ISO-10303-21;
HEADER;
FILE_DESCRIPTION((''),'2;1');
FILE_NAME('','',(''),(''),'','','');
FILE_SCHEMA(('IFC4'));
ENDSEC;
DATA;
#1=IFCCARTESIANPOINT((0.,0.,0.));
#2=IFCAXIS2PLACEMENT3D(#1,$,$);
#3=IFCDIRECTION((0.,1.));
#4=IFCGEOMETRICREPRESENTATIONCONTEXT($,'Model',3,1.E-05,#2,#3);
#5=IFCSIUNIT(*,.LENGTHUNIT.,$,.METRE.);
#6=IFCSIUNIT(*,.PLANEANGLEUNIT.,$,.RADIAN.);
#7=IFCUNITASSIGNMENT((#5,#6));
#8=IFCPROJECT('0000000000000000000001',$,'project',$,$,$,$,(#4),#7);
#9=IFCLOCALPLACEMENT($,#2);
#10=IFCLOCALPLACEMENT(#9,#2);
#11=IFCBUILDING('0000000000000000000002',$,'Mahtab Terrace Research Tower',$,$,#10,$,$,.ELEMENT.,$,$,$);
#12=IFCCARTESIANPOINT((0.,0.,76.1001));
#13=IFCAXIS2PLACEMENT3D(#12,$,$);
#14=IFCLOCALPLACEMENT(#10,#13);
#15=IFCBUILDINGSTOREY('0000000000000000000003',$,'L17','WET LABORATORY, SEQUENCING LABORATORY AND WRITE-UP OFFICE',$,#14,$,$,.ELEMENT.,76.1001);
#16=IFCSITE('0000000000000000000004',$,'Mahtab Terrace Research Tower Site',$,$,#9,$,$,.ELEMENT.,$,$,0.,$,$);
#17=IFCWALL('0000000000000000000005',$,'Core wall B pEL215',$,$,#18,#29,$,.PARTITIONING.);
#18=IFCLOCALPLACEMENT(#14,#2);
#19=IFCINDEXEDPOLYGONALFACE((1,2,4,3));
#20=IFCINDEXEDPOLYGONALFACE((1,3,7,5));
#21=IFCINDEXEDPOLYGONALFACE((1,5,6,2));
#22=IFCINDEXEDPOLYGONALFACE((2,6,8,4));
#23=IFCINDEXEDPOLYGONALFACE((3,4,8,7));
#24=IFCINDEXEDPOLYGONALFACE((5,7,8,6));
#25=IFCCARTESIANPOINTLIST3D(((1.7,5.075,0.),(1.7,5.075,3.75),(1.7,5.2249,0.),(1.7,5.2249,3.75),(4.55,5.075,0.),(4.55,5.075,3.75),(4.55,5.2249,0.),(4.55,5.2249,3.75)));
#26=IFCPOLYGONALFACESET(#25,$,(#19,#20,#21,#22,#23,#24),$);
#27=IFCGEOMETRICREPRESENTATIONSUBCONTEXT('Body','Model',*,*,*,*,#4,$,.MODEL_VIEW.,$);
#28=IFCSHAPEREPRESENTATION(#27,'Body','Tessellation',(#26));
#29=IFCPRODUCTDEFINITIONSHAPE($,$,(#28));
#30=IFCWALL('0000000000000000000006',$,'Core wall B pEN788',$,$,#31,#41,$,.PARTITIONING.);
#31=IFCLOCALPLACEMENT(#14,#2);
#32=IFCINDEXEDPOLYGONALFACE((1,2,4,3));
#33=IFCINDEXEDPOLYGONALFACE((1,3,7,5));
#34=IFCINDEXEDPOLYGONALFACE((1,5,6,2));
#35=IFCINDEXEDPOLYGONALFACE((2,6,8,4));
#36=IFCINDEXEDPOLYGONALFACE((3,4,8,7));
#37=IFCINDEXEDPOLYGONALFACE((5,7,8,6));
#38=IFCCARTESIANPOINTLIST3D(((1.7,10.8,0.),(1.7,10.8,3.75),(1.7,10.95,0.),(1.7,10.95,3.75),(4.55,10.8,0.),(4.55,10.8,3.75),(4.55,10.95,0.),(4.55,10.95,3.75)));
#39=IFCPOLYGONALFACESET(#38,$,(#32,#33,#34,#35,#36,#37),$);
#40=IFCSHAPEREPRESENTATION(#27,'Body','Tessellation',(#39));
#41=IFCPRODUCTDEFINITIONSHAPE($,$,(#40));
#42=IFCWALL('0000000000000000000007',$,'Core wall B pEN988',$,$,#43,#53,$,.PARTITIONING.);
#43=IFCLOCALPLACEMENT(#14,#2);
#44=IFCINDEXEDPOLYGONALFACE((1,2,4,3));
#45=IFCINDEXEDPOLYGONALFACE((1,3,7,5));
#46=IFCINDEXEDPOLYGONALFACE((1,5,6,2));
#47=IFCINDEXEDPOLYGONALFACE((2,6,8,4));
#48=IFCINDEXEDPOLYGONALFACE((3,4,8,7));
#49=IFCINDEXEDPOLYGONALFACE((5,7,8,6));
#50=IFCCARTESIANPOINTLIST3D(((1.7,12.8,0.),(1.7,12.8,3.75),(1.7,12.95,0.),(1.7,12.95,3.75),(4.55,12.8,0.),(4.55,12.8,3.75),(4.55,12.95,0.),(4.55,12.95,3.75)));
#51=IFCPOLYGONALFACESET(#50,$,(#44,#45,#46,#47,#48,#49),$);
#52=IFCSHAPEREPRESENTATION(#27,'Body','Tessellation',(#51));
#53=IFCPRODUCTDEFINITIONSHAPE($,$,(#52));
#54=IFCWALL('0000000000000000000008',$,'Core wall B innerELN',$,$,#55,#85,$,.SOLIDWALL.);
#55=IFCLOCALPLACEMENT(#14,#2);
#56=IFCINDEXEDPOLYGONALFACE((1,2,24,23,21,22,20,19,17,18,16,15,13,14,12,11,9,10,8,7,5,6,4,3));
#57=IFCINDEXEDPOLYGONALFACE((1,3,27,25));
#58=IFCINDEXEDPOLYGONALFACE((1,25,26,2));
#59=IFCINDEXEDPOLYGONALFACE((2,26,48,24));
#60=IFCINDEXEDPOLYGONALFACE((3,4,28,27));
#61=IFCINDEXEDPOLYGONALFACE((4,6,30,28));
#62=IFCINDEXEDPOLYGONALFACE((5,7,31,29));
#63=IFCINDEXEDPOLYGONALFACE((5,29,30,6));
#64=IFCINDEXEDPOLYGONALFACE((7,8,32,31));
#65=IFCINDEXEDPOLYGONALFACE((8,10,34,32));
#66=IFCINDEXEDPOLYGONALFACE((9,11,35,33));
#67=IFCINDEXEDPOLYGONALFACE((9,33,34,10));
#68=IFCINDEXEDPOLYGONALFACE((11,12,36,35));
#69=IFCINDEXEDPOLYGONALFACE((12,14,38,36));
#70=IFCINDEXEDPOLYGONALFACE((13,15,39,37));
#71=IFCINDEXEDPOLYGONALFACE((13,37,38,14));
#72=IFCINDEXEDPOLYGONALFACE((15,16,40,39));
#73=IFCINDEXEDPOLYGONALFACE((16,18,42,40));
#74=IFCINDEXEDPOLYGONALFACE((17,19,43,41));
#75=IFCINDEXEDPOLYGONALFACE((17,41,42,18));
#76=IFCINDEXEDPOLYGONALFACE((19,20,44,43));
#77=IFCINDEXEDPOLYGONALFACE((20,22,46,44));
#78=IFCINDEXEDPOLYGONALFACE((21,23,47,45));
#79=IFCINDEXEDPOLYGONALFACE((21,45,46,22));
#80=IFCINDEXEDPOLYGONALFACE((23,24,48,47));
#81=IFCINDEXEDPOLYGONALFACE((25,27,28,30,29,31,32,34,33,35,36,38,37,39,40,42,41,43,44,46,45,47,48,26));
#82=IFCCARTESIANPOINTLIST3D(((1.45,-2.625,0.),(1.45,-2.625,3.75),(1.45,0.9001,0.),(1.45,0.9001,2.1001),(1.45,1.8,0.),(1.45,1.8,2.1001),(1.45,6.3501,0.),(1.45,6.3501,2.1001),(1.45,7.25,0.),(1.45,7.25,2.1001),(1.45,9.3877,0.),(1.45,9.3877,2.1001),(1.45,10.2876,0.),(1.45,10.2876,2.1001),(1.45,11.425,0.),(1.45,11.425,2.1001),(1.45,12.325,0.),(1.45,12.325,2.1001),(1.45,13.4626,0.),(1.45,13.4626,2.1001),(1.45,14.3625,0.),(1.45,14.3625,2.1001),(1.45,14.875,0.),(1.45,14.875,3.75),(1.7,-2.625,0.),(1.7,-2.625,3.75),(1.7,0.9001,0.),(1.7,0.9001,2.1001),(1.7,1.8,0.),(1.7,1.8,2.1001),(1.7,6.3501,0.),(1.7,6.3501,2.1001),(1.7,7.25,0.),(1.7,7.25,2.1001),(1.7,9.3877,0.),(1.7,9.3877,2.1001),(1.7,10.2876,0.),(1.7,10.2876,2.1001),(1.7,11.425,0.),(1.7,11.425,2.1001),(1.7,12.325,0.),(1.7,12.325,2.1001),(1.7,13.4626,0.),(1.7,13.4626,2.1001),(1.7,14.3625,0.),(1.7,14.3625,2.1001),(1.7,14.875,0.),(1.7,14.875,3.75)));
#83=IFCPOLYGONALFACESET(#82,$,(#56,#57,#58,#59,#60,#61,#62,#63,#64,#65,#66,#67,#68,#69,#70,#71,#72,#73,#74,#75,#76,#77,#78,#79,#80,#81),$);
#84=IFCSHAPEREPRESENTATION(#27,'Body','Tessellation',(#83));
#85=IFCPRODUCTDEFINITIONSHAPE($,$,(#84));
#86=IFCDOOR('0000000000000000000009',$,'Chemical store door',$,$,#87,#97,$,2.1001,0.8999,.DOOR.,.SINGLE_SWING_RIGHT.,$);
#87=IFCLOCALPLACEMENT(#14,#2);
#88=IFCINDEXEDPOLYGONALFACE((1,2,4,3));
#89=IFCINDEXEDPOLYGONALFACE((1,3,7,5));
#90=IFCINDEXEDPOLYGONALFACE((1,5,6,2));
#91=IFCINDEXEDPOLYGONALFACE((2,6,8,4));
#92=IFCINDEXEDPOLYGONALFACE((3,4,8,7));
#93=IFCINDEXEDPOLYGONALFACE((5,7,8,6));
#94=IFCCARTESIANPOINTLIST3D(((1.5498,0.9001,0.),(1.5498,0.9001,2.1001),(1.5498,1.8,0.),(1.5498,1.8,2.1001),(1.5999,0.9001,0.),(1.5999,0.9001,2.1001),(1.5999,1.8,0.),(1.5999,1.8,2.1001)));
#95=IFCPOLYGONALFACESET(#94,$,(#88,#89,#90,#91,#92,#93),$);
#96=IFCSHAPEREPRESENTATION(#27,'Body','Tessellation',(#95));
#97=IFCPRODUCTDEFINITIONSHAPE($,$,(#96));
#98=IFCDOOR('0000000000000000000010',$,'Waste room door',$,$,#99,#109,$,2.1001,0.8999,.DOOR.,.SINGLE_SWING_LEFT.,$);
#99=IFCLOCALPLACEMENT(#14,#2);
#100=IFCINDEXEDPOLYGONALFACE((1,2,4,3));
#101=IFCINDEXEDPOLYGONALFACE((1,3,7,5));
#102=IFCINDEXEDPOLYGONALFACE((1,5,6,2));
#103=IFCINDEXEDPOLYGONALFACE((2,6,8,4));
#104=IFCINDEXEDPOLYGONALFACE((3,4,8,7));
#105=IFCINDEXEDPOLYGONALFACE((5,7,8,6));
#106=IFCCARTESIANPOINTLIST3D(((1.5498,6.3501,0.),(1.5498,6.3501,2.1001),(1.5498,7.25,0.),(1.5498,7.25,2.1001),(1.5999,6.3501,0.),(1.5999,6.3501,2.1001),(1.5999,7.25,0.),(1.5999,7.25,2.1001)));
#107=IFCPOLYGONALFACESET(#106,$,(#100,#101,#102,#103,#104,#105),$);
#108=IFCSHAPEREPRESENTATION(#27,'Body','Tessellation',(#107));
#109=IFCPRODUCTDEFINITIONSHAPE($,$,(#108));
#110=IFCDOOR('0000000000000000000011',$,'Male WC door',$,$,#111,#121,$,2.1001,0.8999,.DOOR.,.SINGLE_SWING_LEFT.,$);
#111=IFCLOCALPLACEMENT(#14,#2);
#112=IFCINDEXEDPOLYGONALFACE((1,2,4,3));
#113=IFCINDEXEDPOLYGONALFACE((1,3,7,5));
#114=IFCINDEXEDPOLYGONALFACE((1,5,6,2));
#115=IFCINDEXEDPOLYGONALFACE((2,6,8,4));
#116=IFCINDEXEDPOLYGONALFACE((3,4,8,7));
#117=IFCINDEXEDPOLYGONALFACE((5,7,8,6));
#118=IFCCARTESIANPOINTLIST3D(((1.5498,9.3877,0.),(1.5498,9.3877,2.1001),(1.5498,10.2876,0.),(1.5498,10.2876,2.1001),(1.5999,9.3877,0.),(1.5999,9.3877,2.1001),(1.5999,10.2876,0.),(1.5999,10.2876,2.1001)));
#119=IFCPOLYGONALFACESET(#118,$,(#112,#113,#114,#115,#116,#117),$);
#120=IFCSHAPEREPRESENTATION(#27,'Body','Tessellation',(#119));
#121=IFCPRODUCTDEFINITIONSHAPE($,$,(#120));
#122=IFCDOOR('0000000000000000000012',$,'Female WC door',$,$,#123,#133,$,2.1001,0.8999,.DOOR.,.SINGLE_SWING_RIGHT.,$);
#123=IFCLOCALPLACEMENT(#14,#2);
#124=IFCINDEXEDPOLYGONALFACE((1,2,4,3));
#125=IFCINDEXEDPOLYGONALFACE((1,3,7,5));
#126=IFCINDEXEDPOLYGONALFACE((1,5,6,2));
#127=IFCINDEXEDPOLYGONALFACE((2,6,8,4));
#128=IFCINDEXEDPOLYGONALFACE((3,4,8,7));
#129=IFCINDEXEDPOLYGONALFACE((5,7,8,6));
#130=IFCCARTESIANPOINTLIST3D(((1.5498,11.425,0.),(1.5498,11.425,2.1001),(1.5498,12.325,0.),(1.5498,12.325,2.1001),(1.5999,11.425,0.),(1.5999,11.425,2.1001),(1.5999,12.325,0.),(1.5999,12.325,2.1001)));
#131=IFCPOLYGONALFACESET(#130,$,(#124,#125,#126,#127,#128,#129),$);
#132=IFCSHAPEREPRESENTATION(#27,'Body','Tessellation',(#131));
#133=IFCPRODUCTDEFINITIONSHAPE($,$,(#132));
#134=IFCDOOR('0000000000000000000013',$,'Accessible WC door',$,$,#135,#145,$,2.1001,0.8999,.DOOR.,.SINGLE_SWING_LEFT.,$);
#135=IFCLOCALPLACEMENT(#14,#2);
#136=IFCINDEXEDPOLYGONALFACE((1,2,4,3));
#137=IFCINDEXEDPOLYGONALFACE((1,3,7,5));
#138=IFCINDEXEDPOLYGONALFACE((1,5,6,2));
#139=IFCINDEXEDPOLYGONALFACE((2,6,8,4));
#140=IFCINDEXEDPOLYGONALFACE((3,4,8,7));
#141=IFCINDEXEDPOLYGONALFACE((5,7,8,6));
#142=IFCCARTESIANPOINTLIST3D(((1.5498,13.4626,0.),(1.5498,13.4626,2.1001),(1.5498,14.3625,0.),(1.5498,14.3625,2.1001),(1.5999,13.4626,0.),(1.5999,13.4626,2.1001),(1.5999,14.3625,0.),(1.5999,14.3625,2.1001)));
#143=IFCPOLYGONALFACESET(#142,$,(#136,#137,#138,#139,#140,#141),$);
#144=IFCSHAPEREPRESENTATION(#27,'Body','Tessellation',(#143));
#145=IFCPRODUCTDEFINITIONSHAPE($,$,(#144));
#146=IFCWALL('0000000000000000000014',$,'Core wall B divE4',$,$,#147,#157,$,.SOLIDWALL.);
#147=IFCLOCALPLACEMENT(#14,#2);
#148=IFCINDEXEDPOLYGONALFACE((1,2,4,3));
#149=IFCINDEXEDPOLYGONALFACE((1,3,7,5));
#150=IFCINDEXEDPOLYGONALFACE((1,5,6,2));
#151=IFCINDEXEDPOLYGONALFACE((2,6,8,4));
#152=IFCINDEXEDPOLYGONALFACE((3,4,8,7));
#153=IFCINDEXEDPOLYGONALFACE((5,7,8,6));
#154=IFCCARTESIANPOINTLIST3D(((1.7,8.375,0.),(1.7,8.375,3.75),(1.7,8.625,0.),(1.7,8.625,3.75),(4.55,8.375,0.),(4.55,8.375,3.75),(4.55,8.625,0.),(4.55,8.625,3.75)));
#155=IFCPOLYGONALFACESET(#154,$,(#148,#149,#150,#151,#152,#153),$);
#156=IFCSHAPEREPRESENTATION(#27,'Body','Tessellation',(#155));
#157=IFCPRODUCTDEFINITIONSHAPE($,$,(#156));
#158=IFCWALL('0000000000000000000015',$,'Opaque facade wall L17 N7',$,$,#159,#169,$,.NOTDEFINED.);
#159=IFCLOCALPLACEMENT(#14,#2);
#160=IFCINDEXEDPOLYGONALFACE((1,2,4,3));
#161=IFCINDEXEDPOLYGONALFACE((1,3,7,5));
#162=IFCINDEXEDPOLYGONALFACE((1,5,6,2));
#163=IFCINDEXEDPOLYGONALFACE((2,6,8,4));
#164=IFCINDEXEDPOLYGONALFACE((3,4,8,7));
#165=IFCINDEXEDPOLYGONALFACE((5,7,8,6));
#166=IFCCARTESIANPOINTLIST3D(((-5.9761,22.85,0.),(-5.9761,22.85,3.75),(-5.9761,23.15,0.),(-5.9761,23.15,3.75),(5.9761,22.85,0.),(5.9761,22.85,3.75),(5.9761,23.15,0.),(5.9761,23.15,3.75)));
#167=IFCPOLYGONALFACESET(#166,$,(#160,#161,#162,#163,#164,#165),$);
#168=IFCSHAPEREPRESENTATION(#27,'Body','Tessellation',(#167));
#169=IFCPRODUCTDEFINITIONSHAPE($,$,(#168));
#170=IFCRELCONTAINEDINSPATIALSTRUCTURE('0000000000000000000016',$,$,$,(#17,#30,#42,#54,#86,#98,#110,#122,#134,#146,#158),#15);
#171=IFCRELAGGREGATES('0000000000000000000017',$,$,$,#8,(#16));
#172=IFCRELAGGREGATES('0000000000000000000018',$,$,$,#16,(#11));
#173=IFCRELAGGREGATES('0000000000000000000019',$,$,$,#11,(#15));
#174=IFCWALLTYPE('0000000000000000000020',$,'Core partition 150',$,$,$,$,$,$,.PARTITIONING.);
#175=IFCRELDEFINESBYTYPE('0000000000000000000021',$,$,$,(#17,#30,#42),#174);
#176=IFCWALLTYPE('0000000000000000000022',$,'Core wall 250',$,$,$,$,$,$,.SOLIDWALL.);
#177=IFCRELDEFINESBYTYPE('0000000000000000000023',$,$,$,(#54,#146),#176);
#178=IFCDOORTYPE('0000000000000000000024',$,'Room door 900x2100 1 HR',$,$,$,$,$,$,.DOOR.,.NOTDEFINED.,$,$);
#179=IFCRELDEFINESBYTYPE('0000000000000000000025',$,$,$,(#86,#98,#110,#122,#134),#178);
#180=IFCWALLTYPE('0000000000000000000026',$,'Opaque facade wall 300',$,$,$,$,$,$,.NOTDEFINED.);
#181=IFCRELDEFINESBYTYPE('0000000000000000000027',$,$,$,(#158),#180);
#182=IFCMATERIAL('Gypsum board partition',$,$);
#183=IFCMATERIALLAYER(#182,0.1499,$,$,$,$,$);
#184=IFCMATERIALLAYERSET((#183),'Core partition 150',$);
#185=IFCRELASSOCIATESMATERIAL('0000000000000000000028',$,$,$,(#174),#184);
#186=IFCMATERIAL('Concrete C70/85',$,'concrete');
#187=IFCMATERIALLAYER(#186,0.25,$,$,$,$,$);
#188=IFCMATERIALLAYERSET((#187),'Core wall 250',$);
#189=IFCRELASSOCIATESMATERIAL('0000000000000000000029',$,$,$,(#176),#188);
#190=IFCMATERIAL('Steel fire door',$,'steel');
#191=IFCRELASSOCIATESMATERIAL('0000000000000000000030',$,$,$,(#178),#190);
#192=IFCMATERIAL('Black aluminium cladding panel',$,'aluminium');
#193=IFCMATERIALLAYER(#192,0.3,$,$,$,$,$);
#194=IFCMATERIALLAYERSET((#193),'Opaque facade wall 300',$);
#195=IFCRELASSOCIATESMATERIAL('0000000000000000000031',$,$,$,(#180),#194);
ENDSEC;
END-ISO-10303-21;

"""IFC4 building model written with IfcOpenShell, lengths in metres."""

from ifc_helpers import new_model, si_unit, direction, frame, frame_2d, origin, place, context, subcontext, project, spatial, rectangle, extrude, material, layer, layer_set, type_object, element, fill, save


model = new_model("IFC4")

# Units and contexts
model_context = context("Model", 3, precision=1e-05, world=origin(), true_north=direction((0.0, 1.0)))
body_context = subcontext(model_context, "Body", "Model", "MODEL_VIEW")
ifc_project = project(units=[si_unit("LENGTHUNIT", "METRE"), si_unit("PLANEANGLEUNIT", "RADIAN")], contexts=[model_context])

# Site, building, storey
site_placement = place(None, origin())
site = spatial("IfcSite", under=ifc_project, at=site_placement, Name="Mahtab Terrace Research Tower Site", CompositionType="ELEMENT", RefElevation=0.0)
building_placement = place(site_placement, origin())
building = spatial("IfcBuilding", under=site, at=building_placement, Name="Mahtab Terrace Research Tower", CompositionType="ELEMENT")
storey_placement = place(building_placement, frame((0.0, 0.0, 76.1001)))
storey = spatial("IfcBuildingStorey", under=building, at=storey_placement, Name="L17", Description="WET LABORATORY, SEQUENCING LABORATORY AND WRITE-UP OFFICE", CompositionType="ELEMENT", Elevation=76.1001)

# Shared definitions
ifc_material_1 = material(Name="Concrete C70/85", Category="concrete")

# Walls
ifc_material_2 = material(Name="Gypsum board partition")
ifc_layer_1 = layer(ifc_material_2, 0.1499)
ifc_layer_set_1 = layer_set([ifc_layer_1], Name="Core partition 150")
wall_type_1 = type_object("IfcWallType", Name="Core partition 150", PredefinedType="PARTITIONING", material=ifc_layer_set_1)
for number, where, z_axis, x_axis, name in (
    (1, (1.7, 5.1499, 0.0), (0.0, 0.0, 1.0), (1.0, 0.0, 0.0), "Core wall B pEL215"),
    (2, (1.7, 10.875, 0.0), (0.0, 0.0, 1.0), (1.0, 0.0, 0.0), "Core wall B pEN788"),
    (3, (1.7, 12.875, 0.0), (0.0, 0.0, 1.0), (1.0, 0.0, 0.0), "Core wall B pEN988"),
):
    element("IfcWall", number, at=place(storey_placement, frame(where, z_axis=z_axis, x_axis=x_axis)), inside=storey, type_object=wall_type_1, Name=name, PredefinedType="PARTITIONING", context=body_context, shape_type="SweptSolid", body=[
        extrude(rectangle(XDim=2.8501, YDim=0.1499, at=frame_2d((1.425, 0.0))), origin(), (0.0, 0.0, 1.0), 3.75),
    ])

# Wall, openings, doors
ifc_layer_2 = layer(ifc_material_1, 0.25)
ifc_layer_set_2 = layer_set([ifc_layer_2], Name="Core wall 250")
wall_type_2 = type_object("IfcWallType", Name="Core wall 250", PredefinedType="SOLIDWALL", material=ifc_layer_set_2)
wall_1_placement = place(storey_placement, frame((1.575, 14.875, 0.0), z_axis=(0.0, 0.0, 1.0), x_axis=(0.0, -1.0, 0.0)))
wall_1 = element("IfcWall", 4, at=wall_1_placement, inside=storey, type_object=wall_type_2, Name="Core wall B innerELN", PredefinedType="SOLIDWALL", context=body_context, shape_type="SweptSolid", body=[
    extrude(rectangle(XDim=17.5, YDim=0.25, at=frame_2d((8.75, 0.0))), origin(), (0.0, 0.0, 1.0), 3.75),
])
opening_1_placement = place(wall_1_placement, frame((13.075, 0.0, 0.0)))
opening_1 = element("IfcOpeningElement", 5, at=opening_1_placement, cuts=wall_1, PredefinedType="OPENING", context=body_context, shape_type="SweptSolid", body=[
    extrude(rectangle(XDim=0.8999, YDim=2.1001, at=frame_2d((0.45, 1.05))), frame((0.0, 0.135, 0.0), z_axis=(0.0, -1.0, 0.0), x_axis=(1.0, 0.0, 0.0)), (0.0, 0.0, 1.0), 0.27),
])
opening_2_placement = place(wall_1_placement, frame((7.625, 0.0, 0.0)))
opening_2 = element("IfcOpeningElement", 6, at=opening_2_placement, cuts=wall_1, PredefinedType="OPENING", context=body_context, shape_type="SweptSolid", body=[
    extrude(rectangle(XDim=0.8999, YDim=2.1001, at=frame_2d((0.45, 1.05))), frame((0.0, 0.135, 0.0), z_axis=(0.0, -1.0, 0.0), x_axis=(1.0, 0.0, 0.0)), (0.0, 0.0, 1.0), 0.27),
])
opening_3_placement = place(wall_1_placement, frame((4.5874, 0.0, 0.0)))
opening_3 = element("IfcOpeningElement", 7, at=opening_3_placement, cuts=wall_1, PredefinedType="OPENING", context=body_context, shape_type="SweptSolid", body=[
    extrude(rectangle(XDim=0.8999, YDim=2.1001, at=frame_2d((0.45, 1.05))), frame((0.0, 0.135, 0.0), z_axis=(0.0, -1.0, 0.0), x_axis=(1.0, 0.0, 0.0)), (0.0, 0.0, 1.0), 0.27),
])
opening_4_placement = place(wall_1_placement, frame((2.55, 0.0, 0.0)))
opening_4 = element("IfcOpeningElement", 8, at=opening_4_placement, cuts=wall_1, PredefinedType="OPENING", context=body_context, shape_type="SweptSolid", body=[
    extrude(rectangle(XDim=0.8999, YDim=2.1001, at=frame_2d((0.45, 1.05))), frame((0.0, 0.135, 0.0), z_axis=(0.0, -1.0, 0.0), x_axis=(1.0, 0.0, 0.0)), (0.0, 0.0, 1.0), 0.27),
])
opening_5_placement = place(wall_1_placement, frame((0.5125, 0.0, 0.0)))
opening_5 = element("IfcOpeningElement", 9, at=opening_5_placement, cuts=wall_1, PredefinedType="OPENING", context=body_context, shape_type="SweptSolid", body=[
    extrude(rectangle(XDim=0.8999, YDim=2.1001, at=frame_2d((0.45, 1.05))), frame((0.0, 0.135, 0.0), z_axis=(0.0, -1.0, 0.0), x_axis=(1.0, 0.0, 0.0)), (0.0, 0.0, 1.0), 0.27),
])
ifc_material_3 = material(Name="Steel fire door", Category="steel")
door_type_1 = type_object("IfcDoorType", Name="Room door 900x2100 1 HR", OperationType="NOTDEFINED", PredefinedType="DOOR", material=ifc_material_3)
door_1_placement = place(opening_1_placement, origin())
door_1 = element("IfcDoor", 10, at=door_1_placement, inside=storey, type_object=door_type_1, Name="Chemical store door", OperationType="SINGLE_SWING_RIGHT", OverallHeight=2.1001, OverallWidth=0.8999, PredefinedType="DOOR", context=body_context, shape_type="SweptSolid", body=[
    extrude(rectangle(XDim=0.8999, YDim=2.1001, at=frame_2d((0.45, 1.05))), frame((0.0, 0.0249, 0.0), z_axis=(0.0, -1.0, 0.0), x_axis=(1.0, 0.0, 0.0)), (0.0, 0.0, 1.0), 0.05),
])
fill(opening_1, door_1)
door_2_placement = place(opening_2_placement, origin())
door_2 = element("IfcDoor", 11, at=door_2_placement, inside=storey, type_object=door_type_1, Name="Waste room door", OperationType="SINGLE_SWING_LEFT", OverallHeight=2.1001, OverallWidth=0.8999, PredefinedType="DOOR", context=body_context, shape_type="SweptSolid", body=[
    extrude(rectangle(XDim=0.8999, YDim=2.1001, at=frame_2d((0.45, 1.05))), frame((0.0, 0.0249, 0.0), z_axis=(0.0, -1.0, 0.0), x_axis=(1.0, 0.0, 0.0)), (0.0, 0.0, 1.0), 0.05),
])
fill(opening_2, door_2)
door_3_placement = place(opening_3_placement, origin())
door_3 = element("IfcDoor", 12, at=door_3_placement, inside=storey, type_object=door_type_1, Name="Male WC door", OperationType="SINGLE_SWING_LEFT", OverallHeight=2.1001, OverallWidth=0.8999, PredefinedType="DOOR", context=body_context, shape_type="SweptSolid", body=[
    extrude(rectangle(XDim=0.8999, YDim=2.1001, at=frame_2d((0.45, 1.05))), frame((0.0, 0.0249, 0.0), z_axis=(0.0, -1.0, 0.0), x_axis=(1.0, 0.0, 0.0)), (0.0, 0.0, 1.0), 0.05),
])
fill(opening_3, door_3)
door_4_placement = place(opening_4_placement, origin())
door_4 = element("IfcDoor", 13, at=door_4_placement, inside=storey, type_object=door_type_1, Name="Female WC door", OperationType="SINGLE_SWING_RIGHT", OverallHeight=2.1001, OverallWidth=0.8999, PredefinedType="DOOR", context=body_context, shape_type="SweptSolid", body=[
    extrude(rectangle(XDim=0.8999, YDim=2.1001, at=frame_2d((0.45, 1.05))), frame((0.0, 0.0249, 0.0), z_axis=(0.0, -1.0, 0.0), x_axis=(1.0, 0.0, 0.0)), (0.0, 0.0, 1.0), 0.05),
])
fill(opening_4, door_4)
door_5_placement = place(opening_5_placement, origin())
door_5 = element("IfcDoor", 14, at=door_5_placement, inside=storey, type_object=door_type_1, Name="Accessible WC door", OperationType="SINGLE_SWING_LEFT", OverallHeight=2.1001, OverallWidth=0.8999, PredefinedType="DOOR", context=body_context, shape_type="SweptSolid", body=[
    extrude(rectangle(XDim=0.8999, YDim=2.1001, at=frame_2d((0.45, 1.05))), frame((0.0, 0.0249, 0.0), z_axis=(0.0, -1.0, 0.0), x_axis=(1.0, 0.0, 0.0)), (0.0, 0.0, 1.0), 0.05),
])
fill(opening_5, door_5)

# Walls
wall_2_placement = place(storey_placement, frame((1.7, 8.5, 0.0), z_axis=(0.0, 0.0, 1.0), x_axis=(1.0, 0.0, 0.0)))
element("IfcWall", 15, at=wall_2_placement, inside=storey, type_object=wall_type_2, Name="Core wall B divE4", PredefinedType="SOLIDWALL", context=body_context, shape_type="SweptSolid", body=[
    extrude(rectangle(XDim=2.8501, YDim=0.25, at=frame_2d((1.425, 0.0))), origin(), (0.0, 0.0, 1.0), 3.75),
])
ifc_material_4 = material(Name="Black aluminium cladding panel", Category="aluminium")
ifc_layer_3 = layer(ifc_material_4, 0.3)
ifc_layer_set_3 = layer_set([ifc_layer_3], Name="Opaque facade wall 300")
wall_type_3 = type_object("IfcWallType", Name="Opaque facade wall 300", PredefinedType="NOTDEFINED", material=ifc_layer_set_3)
wall_3_placement = place(storey_placement, frame((5.9761, 23.0, 0.0), z_axis=(0.0, 0.0, 1.0), x_axis=(-1.0, 0.0, 0.0)))
element("IfcWall", 16, at=wall_3_placement, inside=storey, type_object=wall_type_3, Name="Opaque facade wall L17 N7", PredefinedType="NOTDEFINED", context=body_context, shape_type="SweptSolid", body=[
    extrude(rectangle(XDim=11.9521, YDim=0.3, at=frame_2d((5.9761, 0.0))), origin(), (0.0, 0.0, 1.0), 3.75),
])

save(model, "model.ifc")
